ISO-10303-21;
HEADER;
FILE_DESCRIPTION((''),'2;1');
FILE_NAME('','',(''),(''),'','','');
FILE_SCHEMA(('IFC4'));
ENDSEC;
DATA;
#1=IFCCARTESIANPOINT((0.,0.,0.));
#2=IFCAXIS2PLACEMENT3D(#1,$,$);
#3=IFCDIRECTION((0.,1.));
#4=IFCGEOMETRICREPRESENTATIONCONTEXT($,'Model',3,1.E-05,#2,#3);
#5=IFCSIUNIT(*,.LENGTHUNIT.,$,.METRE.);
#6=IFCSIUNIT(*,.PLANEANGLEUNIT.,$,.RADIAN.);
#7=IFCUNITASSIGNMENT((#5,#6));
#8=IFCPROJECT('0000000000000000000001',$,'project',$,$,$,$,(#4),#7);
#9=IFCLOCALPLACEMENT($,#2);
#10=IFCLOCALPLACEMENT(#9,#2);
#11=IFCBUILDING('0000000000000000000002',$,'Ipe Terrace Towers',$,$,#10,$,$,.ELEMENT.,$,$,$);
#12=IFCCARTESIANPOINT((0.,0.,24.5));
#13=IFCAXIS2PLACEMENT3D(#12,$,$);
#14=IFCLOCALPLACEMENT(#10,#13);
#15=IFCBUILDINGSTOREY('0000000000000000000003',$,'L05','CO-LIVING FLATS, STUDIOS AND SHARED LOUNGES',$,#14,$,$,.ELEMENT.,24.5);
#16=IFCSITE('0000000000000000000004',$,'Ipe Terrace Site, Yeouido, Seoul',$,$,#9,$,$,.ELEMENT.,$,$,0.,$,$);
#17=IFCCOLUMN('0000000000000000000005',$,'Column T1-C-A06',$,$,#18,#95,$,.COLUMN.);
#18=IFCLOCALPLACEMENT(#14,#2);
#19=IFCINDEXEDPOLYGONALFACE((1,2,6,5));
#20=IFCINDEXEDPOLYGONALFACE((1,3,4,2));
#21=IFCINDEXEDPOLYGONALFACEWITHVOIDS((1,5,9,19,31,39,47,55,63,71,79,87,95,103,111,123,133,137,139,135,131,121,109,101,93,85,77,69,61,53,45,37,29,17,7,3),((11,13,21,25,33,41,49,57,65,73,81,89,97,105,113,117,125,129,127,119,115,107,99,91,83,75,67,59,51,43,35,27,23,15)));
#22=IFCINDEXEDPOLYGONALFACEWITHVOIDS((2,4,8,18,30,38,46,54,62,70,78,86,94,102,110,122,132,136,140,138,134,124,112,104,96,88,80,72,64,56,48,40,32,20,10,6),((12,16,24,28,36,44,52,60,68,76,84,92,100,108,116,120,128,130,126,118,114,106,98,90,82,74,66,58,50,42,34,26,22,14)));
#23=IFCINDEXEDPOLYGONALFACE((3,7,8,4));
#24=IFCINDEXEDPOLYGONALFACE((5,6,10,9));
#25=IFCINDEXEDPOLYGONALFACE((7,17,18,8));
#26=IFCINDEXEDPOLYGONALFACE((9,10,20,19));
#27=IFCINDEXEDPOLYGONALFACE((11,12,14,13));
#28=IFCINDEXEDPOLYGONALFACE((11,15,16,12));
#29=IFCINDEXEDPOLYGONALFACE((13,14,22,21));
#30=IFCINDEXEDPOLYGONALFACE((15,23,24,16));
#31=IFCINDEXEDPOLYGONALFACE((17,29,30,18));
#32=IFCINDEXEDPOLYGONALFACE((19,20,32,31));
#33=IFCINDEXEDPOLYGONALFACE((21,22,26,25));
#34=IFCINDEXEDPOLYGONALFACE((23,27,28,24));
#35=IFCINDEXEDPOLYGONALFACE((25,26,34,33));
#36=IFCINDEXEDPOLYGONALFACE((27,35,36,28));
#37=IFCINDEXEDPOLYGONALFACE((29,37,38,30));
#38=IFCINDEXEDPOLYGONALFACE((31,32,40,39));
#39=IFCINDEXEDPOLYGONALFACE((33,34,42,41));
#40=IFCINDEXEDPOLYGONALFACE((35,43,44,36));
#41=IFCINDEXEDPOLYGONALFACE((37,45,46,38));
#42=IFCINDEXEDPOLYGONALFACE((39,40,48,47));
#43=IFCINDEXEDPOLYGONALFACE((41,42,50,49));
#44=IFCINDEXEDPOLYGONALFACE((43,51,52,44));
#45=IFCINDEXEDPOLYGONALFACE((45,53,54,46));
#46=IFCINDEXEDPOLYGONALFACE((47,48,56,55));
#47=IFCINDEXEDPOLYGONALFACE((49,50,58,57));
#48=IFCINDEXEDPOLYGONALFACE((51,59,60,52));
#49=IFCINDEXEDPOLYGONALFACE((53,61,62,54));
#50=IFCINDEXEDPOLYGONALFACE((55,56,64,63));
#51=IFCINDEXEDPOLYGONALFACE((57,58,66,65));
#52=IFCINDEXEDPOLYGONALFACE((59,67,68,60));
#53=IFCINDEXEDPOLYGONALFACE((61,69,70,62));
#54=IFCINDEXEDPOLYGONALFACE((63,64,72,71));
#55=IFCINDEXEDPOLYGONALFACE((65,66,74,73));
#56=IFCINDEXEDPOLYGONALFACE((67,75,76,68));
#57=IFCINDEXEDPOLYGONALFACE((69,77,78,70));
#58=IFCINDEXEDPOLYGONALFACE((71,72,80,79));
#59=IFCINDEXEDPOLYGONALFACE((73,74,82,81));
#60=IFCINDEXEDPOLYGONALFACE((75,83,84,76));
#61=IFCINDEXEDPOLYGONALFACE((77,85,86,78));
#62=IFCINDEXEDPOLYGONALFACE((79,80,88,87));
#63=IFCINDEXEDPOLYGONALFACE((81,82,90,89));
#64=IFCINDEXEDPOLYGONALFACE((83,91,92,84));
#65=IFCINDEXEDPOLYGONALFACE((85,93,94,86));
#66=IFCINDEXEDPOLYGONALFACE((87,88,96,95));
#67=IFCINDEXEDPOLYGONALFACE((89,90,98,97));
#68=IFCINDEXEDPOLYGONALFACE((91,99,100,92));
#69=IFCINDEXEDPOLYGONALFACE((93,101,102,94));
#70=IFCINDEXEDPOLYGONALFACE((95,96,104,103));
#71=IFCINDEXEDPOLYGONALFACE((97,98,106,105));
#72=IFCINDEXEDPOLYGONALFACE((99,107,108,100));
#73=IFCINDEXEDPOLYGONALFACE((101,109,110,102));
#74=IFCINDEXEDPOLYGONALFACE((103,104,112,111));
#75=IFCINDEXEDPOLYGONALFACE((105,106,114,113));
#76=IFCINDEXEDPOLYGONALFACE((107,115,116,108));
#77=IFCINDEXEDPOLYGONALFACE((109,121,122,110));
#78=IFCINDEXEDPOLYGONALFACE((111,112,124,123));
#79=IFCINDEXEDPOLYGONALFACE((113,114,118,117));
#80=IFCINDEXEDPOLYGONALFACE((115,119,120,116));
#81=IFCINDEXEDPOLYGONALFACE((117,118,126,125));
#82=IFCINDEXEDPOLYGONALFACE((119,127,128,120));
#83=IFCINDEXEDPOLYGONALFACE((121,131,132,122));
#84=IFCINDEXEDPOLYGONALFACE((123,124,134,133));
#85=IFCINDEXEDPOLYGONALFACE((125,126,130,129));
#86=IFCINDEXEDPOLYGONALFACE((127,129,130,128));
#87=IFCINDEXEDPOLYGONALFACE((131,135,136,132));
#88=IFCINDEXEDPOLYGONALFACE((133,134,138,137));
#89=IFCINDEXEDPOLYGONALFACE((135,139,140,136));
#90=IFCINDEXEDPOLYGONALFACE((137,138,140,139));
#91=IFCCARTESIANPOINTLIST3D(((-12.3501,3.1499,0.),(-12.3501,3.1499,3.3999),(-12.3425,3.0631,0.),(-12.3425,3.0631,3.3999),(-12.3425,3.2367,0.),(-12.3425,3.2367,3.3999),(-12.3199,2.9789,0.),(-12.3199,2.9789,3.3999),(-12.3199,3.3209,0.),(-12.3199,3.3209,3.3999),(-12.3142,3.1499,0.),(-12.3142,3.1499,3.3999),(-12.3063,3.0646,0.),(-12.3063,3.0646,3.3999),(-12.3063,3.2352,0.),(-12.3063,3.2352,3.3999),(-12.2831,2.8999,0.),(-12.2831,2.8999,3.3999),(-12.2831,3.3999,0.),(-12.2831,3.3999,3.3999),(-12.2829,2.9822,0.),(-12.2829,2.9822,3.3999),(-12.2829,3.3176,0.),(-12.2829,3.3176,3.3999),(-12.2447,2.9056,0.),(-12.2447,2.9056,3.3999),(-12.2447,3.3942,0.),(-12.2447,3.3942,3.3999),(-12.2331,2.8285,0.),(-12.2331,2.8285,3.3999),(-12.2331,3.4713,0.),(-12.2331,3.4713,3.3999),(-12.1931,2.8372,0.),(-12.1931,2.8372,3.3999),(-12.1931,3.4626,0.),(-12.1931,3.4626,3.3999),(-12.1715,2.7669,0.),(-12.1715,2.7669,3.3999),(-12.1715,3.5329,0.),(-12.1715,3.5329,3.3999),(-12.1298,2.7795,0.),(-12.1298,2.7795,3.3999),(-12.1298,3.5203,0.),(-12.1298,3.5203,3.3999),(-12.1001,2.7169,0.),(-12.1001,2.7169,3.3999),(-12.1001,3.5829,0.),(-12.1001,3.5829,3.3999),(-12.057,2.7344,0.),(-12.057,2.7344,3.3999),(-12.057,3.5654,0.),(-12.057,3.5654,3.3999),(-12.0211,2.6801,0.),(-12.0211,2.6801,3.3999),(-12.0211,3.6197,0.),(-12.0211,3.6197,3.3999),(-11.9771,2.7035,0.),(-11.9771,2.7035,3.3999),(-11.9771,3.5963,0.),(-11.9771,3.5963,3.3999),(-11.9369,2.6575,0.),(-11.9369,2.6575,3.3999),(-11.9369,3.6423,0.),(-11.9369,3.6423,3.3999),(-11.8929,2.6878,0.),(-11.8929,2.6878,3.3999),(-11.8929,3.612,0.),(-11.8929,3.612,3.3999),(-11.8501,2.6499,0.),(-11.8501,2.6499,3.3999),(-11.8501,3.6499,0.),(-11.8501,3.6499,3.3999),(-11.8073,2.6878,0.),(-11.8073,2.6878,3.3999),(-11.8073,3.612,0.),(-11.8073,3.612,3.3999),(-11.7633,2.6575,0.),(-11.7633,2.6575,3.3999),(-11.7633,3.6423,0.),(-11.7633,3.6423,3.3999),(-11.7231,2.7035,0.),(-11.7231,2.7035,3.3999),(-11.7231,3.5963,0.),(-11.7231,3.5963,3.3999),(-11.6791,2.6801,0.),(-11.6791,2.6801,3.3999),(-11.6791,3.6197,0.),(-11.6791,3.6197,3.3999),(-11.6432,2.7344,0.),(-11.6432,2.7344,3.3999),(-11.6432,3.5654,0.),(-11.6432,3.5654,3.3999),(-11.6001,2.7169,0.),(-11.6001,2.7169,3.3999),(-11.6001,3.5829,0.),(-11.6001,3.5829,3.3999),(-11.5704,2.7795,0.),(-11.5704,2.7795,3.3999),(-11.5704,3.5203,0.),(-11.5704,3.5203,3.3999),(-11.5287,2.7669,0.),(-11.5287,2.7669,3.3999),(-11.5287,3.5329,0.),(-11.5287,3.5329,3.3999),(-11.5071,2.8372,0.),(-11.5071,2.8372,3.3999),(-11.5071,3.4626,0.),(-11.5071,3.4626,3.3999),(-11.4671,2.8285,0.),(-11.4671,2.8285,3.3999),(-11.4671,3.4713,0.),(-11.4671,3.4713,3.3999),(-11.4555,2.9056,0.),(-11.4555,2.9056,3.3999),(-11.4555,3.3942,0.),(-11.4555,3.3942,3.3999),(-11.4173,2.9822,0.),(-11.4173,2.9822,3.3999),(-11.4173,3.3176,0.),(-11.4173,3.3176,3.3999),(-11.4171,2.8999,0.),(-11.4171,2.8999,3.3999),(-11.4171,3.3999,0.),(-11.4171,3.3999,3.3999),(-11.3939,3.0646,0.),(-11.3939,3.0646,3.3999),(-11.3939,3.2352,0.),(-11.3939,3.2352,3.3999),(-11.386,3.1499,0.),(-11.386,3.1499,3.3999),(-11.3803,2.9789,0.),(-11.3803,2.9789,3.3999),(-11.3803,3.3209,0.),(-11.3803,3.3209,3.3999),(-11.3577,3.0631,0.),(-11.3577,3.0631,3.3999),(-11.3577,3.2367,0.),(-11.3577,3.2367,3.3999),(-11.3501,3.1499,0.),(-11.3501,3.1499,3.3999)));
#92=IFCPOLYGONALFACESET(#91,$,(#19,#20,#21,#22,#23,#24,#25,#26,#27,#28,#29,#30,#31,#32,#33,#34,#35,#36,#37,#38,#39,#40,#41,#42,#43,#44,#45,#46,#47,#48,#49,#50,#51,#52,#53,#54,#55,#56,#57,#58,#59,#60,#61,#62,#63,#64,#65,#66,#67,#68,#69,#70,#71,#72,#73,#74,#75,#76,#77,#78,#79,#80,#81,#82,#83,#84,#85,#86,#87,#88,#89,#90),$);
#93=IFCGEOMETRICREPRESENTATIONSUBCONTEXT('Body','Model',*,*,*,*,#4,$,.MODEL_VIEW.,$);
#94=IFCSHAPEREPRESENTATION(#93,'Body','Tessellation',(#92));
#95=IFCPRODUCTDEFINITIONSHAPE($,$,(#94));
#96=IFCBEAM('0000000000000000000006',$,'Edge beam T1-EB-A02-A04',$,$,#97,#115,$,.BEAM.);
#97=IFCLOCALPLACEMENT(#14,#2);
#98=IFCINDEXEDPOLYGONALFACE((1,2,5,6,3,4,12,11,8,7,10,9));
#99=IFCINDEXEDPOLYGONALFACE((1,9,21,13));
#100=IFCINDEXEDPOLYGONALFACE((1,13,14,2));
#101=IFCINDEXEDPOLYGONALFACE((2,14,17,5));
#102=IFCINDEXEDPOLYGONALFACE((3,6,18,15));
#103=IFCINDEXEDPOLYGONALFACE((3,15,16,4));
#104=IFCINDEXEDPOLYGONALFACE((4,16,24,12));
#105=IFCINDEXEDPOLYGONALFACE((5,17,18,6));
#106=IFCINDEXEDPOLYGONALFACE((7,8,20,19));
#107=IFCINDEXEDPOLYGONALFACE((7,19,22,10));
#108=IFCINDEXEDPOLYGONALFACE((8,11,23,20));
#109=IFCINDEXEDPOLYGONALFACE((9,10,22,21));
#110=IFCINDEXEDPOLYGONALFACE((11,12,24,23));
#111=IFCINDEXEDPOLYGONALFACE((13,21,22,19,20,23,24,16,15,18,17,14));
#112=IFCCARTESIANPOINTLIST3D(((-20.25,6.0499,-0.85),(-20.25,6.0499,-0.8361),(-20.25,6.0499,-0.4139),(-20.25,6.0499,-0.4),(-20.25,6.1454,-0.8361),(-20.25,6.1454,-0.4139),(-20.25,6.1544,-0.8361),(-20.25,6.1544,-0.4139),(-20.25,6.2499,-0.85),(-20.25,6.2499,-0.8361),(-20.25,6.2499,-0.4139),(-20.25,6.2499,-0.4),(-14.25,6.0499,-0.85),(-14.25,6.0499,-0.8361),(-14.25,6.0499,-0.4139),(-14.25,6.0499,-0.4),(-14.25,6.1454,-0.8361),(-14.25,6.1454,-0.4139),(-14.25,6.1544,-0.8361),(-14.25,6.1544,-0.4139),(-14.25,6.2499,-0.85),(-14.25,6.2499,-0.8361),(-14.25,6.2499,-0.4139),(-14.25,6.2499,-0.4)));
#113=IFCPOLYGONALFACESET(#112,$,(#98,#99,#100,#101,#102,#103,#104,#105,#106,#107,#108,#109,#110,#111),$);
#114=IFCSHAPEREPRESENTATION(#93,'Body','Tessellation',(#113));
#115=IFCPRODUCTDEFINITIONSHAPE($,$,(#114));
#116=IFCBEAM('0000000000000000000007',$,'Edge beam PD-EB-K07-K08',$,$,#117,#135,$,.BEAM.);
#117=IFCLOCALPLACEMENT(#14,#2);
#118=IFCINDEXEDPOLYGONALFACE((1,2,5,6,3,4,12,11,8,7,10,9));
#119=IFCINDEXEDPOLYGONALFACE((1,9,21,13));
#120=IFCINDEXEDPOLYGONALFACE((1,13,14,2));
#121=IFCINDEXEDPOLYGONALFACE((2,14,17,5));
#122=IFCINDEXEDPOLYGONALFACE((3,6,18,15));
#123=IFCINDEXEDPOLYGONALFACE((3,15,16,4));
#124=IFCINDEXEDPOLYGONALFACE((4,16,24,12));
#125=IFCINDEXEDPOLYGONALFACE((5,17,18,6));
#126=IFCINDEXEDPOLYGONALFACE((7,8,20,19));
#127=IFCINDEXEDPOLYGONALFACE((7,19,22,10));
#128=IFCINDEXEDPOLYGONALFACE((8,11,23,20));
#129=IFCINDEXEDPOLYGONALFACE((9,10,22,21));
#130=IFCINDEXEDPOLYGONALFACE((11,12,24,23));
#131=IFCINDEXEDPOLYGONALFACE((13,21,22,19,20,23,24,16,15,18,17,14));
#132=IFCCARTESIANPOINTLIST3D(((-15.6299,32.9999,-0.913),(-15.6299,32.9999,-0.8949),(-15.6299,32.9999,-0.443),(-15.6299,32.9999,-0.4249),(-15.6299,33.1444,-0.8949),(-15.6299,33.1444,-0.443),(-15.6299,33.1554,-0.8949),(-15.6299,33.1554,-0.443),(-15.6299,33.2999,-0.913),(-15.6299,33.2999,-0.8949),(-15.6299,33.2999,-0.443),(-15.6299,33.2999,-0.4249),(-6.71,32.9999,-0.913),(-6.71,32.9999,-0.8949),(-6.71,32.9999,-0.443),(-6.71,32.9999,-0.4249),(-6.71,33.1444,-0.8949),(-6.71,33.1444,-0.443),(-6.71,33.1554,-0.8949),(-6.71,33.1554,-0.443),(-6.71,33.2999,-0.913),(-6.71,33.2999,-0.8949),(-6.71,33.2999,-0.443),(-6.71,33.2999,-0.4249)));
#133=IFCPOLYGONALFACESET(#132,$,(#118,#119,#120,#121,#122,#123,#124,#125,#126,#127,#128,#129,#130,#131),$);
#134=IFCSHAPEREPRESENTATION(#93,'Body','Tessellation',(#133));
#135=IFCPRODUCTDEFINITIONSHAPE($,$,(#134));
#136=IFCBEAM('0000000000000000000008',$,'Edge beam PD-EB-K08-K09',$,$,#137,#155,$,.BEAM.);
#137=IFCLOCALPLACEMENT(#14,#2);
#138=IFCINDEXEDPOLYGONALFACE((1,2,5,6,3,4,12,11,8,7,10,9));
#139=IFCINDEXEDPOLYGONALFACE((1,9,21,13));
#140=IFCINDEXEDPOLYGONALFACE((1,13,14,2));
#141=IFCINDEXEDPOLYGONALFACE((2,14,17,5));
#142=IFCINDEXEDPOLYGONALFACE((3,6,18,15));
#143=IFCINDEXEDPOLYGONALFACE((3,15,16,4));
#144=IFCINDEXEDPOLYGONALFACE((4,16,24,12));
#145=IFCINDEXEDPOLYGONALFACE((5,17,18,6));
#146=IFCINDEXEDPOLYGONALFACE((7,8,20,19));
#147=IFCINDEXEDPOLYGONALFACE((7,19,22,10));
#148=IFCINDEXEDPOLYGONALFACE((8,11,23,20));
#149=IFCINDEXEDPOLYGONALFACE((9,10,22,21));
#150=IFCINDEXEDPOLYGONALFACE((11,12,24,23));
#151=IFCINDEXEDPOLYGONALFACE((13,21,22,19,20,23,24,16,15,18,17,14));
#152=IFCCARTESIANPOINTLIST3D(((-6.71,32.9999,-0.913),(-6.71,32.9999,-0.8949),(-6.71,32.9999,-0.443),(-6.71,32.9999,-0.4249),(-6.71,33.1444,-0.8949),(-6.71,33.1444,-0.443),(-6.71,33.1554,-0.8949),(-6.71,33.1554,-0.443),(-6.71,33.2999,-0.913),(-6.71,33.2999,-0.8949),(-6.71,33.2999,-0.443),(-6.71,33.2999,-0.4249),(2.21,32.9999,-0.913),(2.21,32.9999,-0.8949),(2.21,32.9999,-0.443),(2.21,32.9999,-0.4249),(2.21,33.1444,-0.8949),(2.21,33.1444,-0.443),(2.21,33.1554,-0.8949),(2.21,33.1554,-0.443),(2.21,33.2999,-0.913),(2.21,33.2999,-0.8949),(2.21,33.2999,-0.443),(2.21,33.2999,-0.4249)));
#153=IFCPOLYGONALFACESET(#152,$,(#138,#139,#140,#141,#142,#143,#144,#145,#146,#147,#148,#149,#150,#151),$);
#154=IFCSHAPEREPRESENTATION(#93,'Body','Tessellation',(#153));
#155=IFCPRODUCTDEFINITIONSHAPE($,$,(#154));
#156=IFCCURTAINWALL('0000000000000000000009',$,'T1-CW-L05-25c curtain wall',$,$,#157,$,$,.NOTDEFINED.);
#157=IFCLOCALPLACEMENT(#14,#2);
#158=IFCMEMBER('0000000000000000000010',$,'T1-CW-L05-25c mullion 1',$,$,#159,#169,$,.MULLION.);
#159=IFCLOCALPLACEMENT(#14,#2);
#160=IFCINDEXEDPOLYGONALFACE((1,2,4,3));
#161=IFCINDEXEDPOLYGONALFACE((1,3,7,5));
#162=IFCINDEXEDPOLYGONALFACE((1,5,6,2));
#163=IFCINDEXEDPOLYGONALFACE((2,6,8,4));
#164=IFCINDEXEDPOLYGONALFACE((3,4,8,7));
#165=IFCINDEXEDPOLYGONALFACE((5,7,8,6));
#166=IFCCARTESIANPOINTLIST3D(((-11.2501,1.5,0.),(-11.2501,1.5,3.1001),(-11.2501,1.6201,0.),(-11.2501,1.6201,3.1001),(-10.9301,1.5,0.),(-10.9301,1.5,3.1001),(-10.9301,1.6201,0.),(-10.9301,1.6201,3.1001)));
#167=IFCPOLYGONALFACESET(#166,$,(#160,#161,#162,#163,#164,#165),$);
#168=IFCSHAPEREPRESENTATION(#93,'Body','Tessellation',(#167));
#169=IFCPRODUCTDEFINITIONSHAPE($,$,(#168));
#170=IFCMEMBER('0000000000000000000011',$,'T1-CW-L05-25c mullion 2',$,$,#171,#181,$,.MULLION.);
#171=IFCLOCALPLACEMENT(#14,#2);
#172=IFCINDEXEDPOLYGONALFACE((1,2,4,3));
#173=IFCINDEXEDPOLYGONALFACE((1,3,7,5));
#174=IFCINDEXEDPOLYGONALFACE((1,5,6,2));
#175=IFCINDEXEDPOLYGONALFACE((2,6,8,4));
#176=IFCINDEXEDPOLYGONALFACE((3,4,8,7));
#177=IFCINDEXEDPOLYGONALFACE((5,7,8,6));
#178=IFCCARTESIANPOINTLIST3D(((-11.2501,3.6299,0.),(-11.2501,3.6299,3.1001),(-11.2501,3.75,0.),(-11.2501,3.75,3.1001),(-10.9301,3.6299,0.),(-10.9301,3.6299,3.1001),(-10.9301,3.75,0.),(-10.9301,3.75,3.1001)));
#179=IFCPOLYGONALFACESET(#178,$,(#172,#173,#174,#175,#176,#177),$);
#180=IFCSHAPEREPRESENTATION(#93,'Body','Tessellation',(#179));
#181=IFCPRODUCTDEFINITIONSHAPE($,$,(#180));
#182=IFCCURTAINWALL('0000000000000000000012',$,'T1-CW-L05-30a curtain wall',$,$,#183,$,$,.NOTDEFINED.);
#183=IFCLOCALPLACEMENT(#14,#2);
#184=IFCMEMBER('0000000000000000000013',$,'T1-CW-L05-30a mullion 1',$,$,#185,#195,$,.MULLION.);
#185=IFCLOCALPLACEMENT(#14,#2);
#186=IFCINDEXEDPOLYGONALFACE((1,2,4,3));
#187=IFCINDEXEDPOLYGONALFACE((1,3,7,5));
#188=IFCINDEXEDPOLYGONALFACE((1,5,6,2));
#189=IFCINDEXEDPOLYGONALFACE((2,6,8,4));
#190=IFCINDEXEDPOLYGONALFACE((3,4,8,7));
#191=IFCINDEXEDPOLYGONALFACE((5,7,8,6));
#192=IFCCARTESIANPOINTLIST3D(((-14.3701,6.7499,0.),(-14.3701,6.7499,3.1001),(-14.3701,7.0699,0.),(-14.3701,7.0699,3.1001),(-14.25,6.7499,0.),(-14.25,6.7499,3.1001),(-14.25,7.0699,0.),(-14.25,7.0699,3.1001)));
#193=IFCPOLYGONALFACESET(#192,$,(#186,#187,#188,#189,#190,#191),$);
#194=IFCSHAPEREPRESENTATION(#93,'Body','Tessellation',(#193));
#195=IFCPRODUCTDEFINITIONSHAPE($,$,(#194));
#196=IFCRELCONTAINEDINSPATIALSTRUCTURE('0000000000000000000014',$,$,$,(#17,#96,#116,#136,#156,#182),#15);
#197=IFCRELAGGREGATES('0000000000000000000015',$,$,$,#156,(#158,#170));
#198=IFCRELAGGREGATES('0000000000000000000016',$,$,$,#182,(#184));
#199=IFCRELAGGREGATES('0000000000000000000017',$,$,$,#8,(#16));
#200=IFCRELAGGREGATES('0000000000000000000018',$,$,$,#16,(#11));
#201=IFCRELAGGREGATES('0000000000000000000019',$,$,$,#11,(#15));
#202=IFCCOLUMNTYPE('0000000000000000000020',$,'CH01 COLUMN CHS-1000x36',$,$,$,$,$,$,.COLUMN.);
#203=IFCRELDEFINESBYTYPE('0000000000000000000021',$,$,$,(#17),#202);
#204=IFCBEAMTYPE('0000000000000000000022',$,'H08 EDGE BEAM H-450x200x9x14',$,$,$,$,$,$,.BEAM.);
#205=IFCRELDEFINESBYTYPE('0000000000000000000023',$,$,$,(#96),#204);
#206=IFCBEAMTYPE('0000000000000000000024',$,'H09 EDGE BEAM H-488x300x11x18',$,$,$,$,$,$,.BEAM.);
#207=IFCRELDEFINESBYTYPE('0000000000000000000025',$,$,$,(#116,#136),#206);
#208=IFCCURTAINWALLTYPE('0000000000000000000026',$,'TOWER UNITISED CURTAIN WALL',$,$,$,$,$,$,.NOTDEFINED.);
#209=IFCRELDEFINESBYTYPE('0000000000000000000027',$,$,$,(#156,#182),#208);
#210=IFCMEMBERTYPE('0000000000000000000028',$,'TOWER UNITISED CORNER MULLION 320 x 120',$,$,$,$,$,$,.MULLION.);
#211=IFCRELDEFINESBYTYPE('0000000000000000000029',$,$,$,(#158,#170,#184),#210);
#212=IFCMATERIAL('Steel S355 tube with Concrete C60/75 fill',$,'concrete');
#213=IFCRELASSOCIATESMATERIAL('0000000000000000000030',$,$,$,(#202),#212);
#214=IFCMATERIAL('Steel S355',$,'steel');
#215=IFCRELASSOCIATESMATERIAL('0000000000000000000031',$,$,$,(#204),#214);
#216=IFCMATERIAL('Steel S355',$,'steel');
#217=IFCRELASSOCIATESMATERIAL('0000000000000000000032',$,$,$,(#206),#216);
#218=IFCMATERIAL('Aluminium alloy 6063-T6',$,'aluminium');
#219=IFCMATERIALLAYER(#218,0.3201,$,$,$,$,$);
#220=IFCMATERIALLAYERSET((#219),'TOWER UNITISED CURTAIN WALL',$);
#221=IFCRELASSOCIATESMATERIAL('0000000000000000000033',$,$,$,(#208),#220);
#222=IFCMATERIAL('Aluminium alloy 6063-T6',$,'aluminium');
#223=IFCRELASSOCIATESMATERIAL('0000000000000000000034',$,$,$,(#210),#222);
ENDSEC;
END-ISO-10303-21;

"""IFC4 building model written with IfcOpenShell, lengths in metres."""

from ifc_helpers import new_model, si_unit, direction, frame, origin, origin_2d, place, context, subcontext, project, spatial, rectangle, hollow_circle, i_section, extrude, material, layer, layer_set, material_profile, profile_set, type_object, element, aggregate, save


model = new_model("IFC4")

# Units and contexts
model_context = context("Model", 3, precision=1e-05, world=origin(), true_north=direction((0.0, 1.0)))
body_context = subcontext(model_context, "Body", "Model", "MODEL_VIEW")
ifc_project = project(units=[si_unit("LENGTHUNIT", "METRE"), si_unit("PLANEANGLEUNIT", "RADIAN")], contexts=[model_context])

# Site, building, storey
site_placement = place(None, origin())
site = spatial("IfcSite", under=ifc_project, at=site_placement, Name="Ipe Terrace Site, Yeouido, Seoul", CompositionType="ELEMENT", RefElevation=0.0)
building_placement = place(site_placement, origin())
building = spatial("IfcBuilding", under=site, at=building_placement, Name="Ipe Terrace Towers", CompositionType="ELEMENT")
storey_placement = place(building_placement, frame((0.0, 0.0, 24.5)))
storey = spatial("IfcBuildingStorey", under=building, at=storey_placement, Name="L05", Description="CO-LIVING FLATS, STUDIOS AND SHARED LOUNGES", CompositionType="ELEMENT", Elevation=24.5)

# Column
ifc_material_1 = material(Name="Steel S355 tube with Concrete C60/75 fill", Category="concrete")
ifc_material_profile_1 = material_profile(ifc_material_1, hollow_circle(Radius=0.5, WallThickness=0.0359, at=origin_2d()), Name="CHS-1000x36")
ifc_profile_set_1 = profile_set([ifc_material_profile_1], Name="Steel S355 tube with Concrete C60/75 fill")
column_type = type_object("IfcColumnType", Name="CH01 COLUMN CHS-1000x36", PredefinedType="COLUMN", material=ifc_profile_set_1)
for number, where, z_axis, x_axis, name in (
    (1, (-11.8501, 3.1499, 0.0), (0.0, 0.0, 1.0), (1.0, 0.0, 0.0), "Column T1-C-A06"),
):
    element("IfcColumn", number, at=place(storey_placement, frame(where, z_axis=z_axis, x_axis=x_axis)), inside=storey, type_object=column_type, Name=name, PredefinedType="COLUMN", context=body_context, shape_type="SweptSolid", body=[
        extrude(hollow_circle(Radius=0.5, WallThickness=0.0359, at=origin_2d()), origin(), (0.0, 0.0, 1.0), 3.3999),
    ])

# Beams
ifc_material_2 = material(Name="Steel S355", Category="steel")
ifc_material_profile_2 = material_profile(ifc_material_2, i_section(OverallWidth=0.2, OverallDepth=0.45, WebThickness=0.009, FlangeThickness=0.0139, at=origin_2d()), Name="H-450x200x9x14")
ifc_profile_set_2 = profile_set([ifc_material_profile_2], Name="Steel S355")
beam_type_1 = type_object("IfcBeamType", Name="H08 EDGE BEAM H-450x200x9x14", PredefinedType="BEAM", material=ifc_profile_set_2)
beam_placement = place(storey_placement, frame((-20.25, 6.1499, -0.625), z_axis=(1.0, 0.0, 0.0), x_axis=(0.0, 1.0, 0.0)))
element("IfcBeam", 2, at=beam_placement, inside=storey, type_object=beam_type_1, Name="Edge beam T1-EB-A02-A04", PredefinedType="BEAM", context=body_context, shape_type="SweptSolid", body=[
    extrude(i_section(OverallWidth=0.2, OverallDepth=0.45, WebThickness=0.009, FlangeThickness=0.0139, at=origin_2d()), origin(), (0.0, 0.0, 1.0), 6.0),
])
ifc_material_3 = material(Name="Steel S355", Category="steel")
ifc_material_profile_3 = material_profile(ifc_material_3, i_section(OverallWidth=0.3, OverallDepth=0.488, WebThickness=0.011, FlangeThickness=0.0181, at=origin_2d()), Name="H-488x300x11x18")
ifc_profile_set_3 = profile_set([ifc_material_profile_3], Name="Steel S355")
beam_type_2 = type_object("IfcBeamType", Name="H09 EDGE BEAM H-488x300x11x18", PredefinedType="BEAM", material=ifc_profile_set_3)
for number, where, z_axis, x_axis, name in (
    (3, (-15.6299, 33.1499, -0.6689), (1.0, 0.0, 0.0), (0.0, 1.0, 0.0), "Edge beam PD-EB-K07-K08"),
    (4, (-6.71, 33.1499, -0.6689), (1.0, 0.0, 0.0), (0.0, 1.0, 0.0), "Edge beam PD-EB-K08-K09"),
):
    element("IfcBeam", number, at=place(storey_placement, frame(where, z_axis=z_axis, x_axis=x_axis)), inside=storey, type_object=beam_type_2, Name=name, PredefinedType="BEAM", context=body_context, shape_type="SweptSolid", body=[
        extrude(i_section(OverallWidth=0.3, OverallDepth=0.488, WebThickness=0.011, FlangeThickness=0.0181, at=origin_2d()), origin(), (0.0, 0.0, 1.0), 8.9199),
    ])

# Curtain walls, members
ifc_material_4 = material(Name="Aluminium alloy 6063-T6", Category="aluminium")
ifc_layer_1 = layer(ifc_material_4, 0.3201)
ifc_layer_set_1 = layer_set([ifc_layer_1], Name="TOWER UNITISED CURTAIN WALL")
curtain_wall_type = type_object("IfcCurtainWallType", Name="TOWER UNITISED CURTAIN WALL", PredefinedType="NOTDEFINED", material=ifc_layer_set_1)
curtain_wall_1_placement = place(storey_placement, origin())
curtain_wall_1 = element("IfcCurtainWall", 5, at=curtain_wall_1_placement, inside=storey, type_object=curtain_wall_type, Name="T1-CW-L05-25c curtain wall", PredefinedType="NOTDEFINED")
ifc_material_5 = material(Name="Aluminium alloy 6063-T6", Category="aluminium")
ifc_material_profile_4 = material_profile(ifc_material_5, rectangle(XDim=0.3201, YDim=0.1201, at=origin_2d()), Name="TOWER UNITISED CORNER MULLION 320 x 120")
ifc_profile_set_4 = profile_set([ifc_material_profile_4], Name="Aluminium alloy 6063-T6")
member_type = type_object("IfcMemberType", Name="TOWER UNITISED CORNER MULLION 320 x 120", PredefinedType="MULLION", material=ifc_profile_set_4)
member_1_placement = place(storey_placement, frame((-11.0901, 1.5601, 0.0), z_axis=(0.0, 0.0, 1.0), x_axis=(1.0, 0.0, 0.0)))
member_1 = element("IfcMember", 6, at=member_1_placement, type_object=member_type, Name="T1-CW-L05-25c mullion 1", PredefinedType="MULLION", context=body_context, shape_type="SweptSolid", body=[
    extrude(rectangle(XDim=0.3201, YDim=0.1201, at=origin_2d()), origin(), (0.0, 0.0, 1.0), 3.1001),
])
member_2_placement = place(storey_placement, frame((-11.0901, 3.6899, 0.0), z_axis=(0.0, 0.0, 1.0), x_axis=(1.0, 0.0, 0.0)))
member_2 = element("IfcMember", 7, at=member_2_placement, type_object=member_type, Name="T1-CW-L05-25c mullion 2", PredefinedType="MULLION", context=body_context, shape_type="SweptSolid", body=[
    extrude(rectangle(XDim=0.3201, YDim=0.1201, at=origin_2d()), origin(), (0.0, 0.0, 1.0), 3.1001),
])
curtain_wall_2_placement = place(storey_placement, origin())
curtain_wall_2 = element("IfcCurtainWall", 8, at=curtain_wall_2_placement, inside=storey, type_object=curtain_wall_type, Name="T1-CW-L05-30a curtain wall", PredefinedType="NOTDEFINED")
member_3_placement = place(storey_placement, frame((-14.3101, 6.9099, 0.0), z_axis=(0.0, 0.0, 1.0), x_axis=(0.0, 1.0, 0.0)))
member_3 = element("IfcMember", 9, at=member_3_placement, type_object=member_type, Name="T1-CW-L05-30a mullion 1", PredefinedType="MULLION", context=body_context, shape_type="SweptSolid", body=[
    extrude(rectangle(XDim=0.3201, YDim=0.1201, at=origin_2d()), origin(), (0.0, 0.0, 1.0), 3.1001),
])

aggregate(curtain_wall_1, [member_1, member_2])
aggregate(curtain_wall_2, [member_3])

save(model, "model.ifc")
